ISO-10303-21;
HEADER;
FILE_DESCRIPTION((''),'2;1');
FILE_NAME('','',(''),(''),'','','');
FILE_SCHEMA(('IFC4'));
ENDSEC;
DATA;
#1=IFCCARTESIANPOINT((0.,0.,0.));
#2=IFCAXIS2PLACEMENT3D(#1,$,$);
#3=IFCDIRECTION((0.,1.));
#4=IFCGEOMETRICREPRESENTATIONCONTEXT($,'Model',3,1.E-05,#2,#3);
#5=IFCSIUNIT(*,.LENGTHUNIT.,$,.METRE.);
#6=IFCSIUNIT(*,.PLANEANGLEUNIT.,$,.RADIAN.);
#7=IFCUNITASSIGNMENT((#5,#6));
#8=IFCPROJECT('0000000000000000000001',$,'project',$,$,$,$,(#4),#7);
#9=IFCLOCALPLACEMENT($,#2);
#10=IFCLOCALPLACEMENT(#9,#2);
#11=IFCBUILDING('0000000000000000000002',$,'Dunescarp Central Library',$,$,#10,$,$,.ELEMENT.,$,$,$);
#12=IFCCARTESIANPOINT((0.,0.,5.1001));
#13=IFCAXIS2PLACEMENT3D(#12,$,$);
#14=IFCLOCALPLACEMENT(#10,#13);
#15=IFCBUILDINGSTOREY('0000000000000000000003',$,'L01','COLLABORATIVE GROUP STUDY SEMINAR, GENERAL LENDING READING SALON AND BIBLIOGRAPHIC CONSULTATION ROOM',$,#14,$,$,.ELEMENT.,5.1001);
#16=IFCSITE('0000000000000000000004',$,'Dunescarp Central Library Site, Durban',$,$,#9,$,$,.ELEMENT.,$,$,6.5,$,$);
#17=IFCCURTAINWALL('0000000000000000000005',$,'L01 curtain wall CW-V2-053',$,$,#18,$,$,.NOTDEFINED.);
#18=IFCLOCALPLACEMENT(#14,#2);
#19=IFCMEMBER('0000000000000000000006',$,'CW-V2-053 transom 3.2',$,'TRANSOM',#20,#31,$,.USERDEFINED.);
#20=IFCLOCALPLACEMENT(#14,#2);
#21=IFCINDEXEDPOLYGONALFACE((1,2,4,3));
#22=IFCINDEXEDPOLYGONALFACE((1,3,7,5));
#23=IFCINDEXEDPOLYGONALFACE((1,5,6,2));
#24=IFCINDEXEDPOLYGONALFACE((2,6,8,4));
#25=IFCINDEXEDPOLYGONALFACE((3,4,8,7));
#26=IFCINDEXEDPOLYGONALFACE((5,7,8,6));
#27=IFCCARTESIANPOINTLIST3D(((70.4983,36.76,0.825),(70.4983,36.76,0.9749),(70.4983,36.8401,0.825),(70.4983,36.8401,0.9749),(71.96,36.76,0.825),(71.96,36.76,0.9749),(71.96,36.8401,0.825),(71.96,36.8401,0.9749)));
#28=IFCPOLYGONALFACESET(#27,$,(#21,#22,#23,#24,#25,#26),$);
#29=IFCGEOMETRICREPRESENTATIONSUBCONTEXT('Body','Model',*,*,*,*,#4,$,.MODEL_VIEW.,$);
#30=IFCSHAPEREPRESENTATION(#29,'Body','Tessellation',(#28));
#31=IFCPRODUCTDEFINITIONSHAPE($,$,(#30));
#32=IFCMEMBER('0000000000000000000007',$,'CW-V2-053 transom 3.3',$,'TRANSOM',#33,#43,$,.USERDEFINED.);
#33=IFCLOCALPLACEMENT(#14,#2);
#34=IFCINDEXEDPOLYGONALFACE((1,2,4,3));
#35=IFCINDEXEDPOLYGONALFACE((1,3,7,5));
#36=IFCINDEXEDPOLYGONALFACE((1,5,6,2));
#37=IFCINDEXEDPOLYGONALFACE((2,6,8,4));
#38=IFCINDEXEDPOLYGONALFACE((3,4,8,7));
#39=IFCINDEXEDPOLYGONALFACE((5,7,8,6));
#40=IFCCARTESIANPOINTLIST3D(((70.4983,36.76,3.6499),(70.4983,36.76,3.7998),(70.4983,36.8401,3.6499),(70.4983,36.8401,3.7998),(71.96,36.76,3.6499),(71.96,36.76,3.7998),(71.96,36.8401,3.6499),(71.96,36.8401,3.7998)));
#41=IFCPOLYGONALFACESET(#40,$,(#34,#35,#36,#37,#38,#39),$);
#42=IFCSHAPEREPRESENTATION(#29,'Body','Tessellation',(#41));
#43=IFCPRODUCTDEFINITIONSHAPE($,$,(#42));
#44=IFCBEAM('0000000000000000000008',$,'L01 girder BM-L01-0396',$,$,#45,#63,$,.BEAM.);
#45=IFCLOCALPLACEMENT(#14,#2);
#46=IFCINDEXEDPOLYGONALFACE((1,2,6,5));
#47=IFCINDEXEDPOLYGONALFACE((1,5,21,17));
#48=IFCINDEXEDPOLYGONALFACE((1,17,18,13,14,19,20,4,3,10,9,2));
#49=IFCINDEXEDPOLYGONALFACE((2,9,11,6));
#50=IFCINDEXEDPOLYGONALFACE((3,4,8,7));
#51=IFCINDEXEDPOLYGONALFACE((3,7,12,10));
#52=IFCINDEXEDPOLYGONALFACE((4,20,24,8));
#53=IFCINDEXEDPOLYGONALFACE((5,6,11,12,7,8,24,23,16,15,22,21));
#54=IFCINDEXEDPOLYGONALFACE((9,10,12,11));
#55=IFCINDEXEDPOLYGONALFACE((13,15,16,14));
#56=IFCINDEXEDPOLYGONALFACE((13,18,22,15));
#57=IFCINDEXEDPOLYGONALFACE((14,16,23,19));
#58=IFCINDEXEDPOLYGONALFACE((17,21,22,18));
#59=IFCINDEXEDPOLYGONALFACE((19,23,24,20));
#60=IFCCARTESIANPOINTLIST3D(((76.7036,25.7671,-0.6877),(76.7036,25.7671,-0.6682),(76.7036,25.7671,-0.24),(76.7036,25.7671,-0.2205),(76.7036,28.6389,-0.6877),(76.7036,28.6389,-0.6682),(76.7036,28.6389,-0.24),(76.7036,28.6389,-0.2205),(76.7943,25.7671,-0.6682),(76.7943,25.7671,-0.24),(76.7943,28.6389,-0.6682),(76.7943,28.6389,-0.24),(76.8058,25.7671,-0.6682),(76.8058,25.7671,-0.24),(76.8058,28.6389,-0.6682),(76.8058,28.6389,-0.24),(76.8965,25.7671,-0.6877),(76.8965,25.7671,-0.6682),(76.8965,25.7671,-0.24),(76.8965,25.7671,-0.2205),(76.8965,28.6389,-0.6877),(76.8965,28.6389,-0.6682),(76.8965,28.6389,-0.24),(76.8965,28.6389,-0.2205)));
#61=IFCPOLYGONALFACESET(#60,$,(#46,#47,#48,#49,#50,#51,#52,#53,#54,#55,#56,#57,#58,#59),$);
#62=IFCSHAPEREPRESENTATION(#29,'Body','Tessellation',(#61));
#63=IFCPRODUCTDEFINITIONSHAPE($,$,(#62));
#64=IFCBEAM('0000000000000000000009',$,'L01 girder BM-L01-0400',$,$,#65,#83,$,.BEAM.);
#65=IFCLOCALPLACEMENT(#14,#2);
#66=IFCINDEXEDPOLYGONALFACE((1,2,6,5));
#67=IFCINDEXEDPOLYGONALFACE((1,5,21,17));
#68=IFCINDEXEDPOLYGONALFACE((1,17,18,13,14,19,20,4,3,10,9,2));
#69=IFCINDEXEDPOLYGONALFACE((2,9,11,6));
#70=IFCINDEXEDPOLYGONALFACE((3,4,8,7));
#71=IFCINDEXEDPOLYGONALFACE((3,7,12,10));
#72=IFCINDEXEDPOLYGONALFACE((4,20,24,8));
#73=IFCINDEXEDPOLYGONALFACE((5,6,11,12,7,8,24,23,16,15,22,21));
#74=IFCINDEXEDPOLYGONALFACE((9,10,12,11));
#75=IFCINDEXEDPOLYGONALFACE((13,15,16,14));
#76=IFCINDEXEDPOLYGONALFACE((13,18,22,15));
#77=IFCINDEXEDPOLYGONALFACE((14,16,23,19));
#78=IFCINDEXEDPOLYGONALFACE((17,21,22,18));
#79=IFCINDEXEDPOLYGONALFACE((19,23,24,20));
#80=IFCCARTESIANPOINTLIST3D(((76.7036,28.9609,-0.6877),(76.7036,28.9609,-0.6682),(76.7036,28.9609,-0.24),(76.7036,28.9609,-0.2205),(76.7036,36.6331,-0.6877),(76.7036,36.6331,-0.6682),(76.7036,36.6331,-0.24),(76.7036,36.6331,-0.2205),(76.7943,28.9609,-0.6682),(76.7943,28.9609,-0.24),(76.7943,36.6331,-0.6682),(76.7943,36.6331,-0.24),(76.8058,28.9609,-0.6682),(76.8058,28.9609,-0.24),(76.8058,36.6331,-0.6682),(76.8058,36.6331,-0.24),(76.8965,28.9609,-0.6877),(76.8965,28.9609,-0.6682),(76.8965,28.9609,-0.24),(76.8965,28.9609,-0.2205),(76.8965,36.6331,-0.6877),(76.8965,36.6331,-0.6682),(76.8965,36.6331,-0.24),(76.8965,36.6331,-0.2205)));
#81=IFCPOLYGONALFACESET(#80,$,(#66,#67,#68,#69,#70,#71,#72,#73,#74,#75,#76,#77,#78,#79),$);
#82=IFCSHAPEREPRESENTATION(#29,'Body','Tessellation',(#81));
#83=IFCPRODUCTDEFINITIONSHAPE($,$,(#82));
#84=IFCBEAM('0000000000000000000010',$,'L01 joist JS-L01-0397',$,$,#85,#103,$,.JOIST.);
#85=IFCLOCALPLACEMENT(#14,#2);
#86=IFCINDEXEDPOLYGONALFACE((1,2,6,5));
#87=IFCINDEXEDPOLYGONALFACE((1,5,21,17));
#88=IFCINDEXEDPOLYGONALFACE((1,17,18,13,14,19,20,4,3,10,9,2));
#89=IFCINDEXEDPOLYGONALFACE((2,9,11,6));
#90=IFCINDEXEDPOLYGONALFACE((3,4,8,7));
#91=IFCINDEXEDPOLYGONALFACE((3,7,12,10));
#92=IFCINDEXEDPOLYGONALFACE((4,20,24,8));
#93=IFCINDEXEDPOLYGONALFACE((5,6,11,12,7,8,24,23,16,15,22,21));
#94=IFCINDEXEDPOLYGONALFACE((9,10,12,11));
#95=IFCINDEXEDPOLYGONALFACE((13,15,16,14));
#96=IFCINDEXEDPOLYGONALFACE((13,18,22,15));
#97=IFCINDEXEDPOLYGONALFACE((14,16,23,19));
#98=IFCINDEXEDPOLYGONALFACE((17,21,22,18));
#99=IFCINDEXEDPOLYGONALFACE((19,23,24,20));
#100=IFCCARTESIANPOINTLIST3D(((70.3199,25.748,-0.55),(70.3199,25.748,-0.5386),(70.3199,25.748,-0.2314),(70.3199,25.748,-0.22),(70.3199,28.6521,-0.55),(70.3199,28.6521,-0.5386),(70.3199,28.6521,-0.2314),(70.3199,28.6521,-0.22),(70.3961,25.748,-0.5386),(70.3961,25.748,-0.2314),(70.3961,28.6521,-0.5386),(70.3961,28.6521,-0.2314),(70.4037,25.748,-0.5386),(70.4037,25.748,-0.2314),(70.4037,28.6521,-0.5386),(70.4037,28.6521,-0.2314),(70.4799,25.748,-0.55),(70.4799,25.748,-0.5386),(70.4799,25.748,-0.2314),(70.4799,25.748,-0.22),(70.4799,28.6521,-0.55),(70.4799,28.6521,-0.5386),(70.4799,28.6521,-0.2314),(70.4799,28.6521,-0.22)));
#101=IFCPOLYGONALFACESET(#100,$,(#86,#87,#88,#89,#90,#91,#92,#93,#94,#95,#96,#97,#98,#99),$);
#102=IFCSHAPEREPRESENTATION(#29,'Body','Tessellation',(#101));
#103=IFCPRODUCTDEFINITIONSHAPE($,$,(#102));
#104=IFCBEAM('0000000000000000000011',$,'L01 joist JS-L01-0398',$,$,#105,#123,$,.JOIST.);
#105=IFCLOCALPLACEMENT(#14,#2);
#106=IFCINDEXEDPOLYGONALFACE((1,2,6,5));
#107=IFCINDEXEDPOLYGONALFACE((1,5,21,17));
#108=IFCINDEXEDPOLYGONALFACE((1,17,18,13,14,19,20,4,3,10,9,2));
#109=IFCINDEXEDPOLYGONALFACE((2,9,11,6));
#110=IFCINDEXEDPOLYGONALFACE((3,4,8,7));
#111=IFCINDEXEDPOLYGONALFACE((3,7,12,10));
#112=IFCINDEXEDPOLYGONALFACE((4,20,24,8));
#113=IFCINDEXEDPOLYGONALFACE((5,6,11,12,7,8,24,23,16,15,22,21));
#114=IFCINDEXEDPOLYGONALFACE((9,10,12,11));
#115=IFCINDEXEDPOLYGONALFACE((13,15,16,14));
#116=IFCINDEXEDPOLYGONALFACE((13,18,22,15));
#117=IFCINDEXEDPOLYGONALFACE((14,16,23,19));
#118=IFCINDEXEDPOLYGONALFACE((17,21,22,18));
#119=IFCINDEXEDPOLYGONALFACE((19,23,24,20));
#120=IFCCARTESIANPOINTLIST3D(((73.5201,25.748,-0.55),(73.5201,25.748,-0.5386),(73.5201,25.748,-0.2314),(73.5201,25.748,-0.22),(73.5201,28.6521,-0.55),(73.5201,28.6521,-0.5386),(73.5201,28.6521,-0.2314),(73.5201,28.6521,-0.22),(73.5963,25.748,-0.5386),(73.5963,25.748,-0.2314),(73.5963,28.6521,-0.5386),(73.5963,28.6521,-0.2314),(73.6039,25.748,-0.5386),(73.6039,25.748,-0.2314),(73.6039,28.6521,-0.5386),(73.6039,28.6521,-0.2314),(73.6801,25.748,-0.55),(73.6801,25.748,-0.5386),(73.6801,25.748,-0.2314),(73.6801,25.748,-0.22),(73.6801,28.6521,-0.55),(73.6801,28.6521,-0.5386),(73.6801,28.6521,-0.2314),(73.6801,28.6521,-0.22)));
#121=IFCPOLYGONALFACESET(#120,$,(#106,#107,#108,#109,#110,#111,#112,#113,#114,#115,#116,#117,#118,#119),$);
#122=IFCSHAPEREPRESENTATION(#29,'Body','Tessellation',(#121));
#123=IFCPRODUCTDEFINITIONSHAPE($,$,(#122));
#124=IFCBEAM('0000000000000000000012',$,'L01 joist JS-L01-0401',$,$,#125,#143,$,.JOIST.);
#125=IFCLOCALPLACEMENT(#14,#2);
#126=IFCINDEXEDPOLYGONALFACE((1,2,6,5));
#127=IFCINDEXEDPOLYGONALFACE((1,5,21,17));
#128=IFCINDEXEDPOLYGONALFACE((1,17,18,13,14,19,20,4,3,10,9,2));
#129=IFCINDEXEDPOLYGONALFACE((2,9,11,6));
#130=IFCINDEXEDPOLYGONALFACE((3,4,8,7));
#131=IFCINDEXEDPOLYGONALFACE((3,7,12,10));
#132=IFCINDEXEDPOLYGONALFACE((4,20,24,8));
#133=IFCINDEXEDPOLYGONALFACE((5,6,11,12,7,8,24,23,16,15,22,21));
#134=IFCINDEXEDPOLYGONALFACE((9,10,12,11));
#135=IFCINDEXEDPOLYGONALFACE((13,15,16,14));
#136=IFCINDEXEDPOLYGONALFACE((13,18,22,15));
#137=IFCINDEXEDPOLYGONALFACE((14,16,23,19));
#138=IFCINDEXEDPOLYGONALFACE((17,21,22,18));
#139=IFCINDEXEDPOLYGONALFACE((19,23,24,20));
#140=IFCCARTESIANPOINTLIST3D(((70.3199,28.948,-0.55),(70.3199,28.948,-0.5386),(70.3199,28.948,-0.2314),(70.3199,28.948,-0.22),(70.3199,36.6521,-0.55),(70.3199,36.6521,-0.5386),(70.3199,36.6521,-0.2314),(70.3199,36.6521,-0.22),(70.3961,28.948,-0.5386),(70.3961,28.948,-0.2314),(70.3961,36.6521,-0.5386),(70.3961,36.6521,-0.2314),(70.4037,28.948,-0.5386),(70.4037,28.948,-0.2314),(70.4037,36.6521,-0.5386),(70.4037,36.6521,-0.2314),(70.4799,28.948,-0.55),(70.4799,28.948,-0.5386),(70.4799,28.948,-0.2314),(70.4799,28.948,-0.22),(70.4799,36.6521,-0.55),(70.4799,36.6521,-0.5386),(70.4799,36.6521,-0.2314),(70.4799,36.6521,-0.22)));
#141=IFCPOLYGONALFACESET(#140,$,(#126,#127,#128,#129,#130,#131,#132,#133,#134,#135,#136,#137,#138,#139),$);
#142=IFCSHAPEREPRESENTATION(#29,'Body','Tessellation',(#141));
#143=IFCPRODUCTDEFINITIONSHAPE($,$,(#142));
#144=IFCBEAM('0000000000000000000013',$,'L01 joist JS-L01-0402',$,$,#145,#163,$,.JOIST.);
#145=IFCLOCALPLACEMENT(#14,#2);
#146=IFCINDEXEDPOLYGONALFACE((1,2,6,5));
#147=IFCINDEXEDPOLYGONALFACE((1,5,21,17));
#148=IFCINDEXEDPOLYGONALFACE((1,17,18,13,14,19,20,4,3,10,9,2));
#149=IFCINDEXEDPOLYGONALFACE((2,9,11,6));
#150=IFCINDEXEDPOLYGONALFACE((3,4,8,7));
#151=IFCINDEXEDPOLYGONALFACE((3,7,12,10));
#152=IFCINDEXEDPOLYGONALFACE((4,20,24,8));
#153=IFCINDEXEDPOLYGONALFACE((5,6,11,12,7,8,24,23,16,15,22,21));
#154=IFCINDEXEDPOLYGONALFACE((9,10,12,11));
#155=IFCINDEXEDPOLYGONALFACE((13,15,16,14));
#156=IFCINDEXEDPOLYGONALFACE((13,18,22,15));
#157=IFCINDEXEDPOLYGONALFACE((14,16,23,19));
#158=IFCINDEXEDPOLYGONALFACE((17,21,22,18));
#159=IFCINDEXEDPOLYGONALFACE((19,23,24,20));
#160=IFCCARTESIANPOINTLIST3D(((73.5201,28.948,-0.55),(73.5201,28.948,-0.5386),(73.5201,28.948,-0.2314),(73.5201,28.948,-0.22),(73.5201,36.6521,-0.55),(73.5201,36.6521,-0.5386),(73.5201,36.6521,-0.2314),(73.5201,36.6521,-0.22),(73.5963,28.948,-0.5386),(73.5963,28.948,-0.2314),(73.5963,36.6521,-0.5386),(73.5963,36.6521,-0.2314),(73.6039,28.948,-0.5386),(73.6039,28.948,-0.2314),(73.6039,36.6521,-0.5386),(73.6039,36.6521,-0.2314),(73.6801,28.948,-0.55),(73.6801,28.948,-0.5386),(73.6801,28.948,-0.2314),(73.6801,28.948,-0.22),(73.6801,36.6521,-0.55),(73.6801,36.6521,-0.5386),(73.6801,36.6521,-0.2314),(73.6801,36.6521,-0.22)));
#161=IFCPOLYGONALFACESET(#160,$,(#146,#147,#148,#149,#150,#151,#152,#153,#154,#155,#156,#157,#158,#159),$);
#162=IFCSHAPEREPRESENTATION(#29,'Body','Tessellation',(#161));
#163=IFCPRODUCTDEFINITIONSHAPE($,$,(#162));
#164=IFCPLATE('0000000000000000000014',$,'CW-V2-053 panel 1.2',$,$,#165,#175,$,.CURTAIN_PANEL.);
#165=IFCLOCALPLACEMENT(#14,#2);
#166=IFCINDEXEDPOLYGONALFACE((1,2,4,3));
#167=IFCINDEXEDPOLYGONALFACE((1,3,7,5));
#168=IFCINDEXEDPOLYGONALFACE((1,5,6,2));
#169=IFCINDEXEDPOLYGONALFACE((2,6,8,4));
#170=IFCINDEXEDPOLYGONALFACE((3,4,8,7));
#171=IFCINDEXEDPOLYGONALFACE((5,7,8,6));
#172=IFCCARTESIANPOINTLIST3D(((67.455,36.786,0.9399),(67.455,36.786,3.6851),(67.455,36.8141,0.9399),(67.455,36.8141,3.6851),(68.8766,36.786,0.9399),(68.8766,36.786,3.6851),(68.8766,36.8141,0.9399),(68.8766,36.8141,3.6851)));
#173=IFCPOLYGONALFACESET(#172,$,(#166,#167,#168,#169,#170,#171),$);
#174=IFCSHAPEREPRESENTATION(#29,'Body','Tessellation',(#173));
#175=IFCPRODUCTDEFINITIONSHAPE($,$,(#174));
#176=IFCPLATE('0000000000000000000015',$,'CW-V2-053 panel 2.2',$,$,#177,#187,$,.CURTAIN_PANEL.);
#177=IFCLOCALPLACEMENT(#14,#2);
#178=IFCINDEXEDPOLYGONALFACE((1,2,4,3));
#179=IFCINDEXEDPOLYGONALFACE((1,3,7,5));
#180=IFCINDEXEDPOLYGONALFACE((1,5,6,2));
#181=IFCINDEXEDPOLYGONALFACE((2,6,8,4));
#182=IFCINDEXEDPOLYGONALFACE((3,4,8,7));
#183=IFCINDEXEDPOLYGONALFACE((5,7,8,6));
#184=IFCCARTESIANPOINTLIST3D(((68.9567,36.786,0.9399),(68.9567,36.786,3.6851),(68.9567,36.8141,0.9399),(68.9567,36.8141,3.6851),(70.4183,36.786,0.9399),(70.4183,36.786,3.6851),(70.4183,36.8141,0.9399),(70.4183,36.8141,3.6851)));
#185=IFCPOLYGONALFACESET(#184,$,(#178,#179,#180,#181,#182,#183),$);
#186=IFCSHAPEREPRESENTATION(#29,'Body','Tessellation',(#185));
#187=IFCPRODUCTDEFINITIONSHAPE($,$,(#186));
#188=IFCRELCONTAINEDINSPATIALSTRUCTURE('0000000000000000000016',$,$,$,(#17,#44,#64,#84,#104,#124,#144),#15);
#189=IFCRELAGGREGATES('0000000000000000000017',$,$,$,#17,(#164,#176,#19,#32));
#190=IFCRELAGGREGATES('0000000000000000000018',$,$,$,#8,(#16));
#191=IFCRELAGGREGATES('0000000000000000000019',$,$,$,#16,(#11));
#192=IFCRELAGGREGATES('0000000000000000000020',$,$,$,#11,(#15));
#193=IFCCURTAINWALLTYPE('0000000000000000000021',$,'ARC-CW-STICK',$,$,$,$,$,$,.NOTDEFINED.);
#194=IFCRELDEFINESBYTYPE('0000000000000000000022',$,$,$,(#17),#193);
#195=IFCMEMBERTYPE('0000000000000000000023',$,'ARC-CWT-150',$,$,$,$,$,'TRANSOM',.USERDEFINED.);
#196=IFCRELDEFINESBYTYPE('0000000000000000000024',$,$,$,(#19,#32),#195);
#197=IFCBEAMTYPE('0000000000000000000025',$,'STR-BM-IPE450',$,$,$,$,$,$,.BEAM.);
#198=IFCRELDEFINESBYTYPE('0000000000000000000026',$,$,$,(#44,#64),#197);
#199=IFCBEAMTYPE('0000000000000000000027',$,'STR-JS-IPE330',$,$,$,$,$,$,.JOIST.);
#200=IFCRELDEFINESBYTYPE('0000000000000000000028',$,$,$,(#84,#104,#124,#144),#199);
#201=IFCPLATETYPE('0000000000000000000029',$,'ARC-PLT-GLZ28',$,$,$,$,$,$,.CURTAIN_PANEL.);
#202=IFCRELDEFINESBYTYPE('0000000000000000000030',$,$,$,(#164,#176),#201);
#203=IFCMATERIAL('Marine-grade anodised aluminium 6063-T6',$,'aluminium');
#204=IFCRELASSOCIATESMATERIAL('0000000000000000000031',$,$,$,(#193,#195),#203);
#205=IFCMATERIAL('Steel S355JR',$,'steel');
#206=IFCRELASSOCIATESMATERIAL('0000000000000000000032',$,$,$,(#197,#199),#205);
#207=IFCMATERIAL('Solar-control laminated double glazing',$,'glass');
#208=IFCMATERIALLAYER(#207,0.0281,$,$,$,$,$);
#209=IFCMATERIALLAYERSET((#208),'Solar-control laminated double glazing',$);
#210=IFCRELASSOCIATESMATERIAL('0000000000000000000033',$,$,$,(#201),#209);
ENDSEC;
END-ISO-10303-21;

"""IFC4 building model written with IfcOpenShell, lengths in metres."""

from ifc_helpers import new_model, si_unit, direction, frame, origin, origin_2d, place, context, subcontext, project, spatial, rectangle, i_section, extrude, material, layer, layer_set, material_profile, profile_set, type_object, element, aggregate, save


model = new_model("IFC4")

# Units and contexts
model_context = context("Model", 3, precision=1e-05, world=origin(), true_north=direction((0.0, 1.0)))
body_context = subcontext(model_context, "Body", "Model", "MODEL_VIEW")
ifc_project = project(units=[si_unit("LENGTHUNIT", "METRE"), si_unit("PLANEANGLEUNIT", "RADIAN")], contexts=[model_context])

# Site, building, storey
site_placement = place(None, origin())
site = spatial("IfcSite", under=ifc_project, at=site_placement, Name="Dunescarp Central Library Site, Durban", CompositionType="ELEMENT", RefElevation=6.5)
building_placement = place(site_placement, origin())
building = spatial("IfcBuilding", under=site, at=building_placement, Name="Dunescarp Central Library", CompositionType="ELEMENT")
storey_placement = place(building_placement, frame((0.0, 0.0, 5.1001)))
storey = spatial("IfcBuildingStorey", under=building, at=storey_placement, Name="L01", Description="COLLABORATIVE GROUP STUDY SEMINAR, GENERAL LENDING READING SALON AND BIBLIOGRAPHIC CONSULTATION ROOM", CompositionType="ELEMENT", Elevation=5.1001)

# Shared definitions
ifc_material_1 = material(Name="Steel S355JR", Category="steel")

# Curtain wall, members
ifc_material_2 = material(Name="Marine-grade anodised aluminium 6063-T6", Category="aluminium")
curtain_wall_type = type_object("IfcCurtainWallType", Name="ARC-CW-STICK", PredefinedType="NOTDEFINED", material=ifc_material_2)
curtain_wall_placement = place(storey_placement, origin())
curtain_wall = element("IfcCurtainWall", 1, at=curtain_wall_placement, inside=storey, type_object=curtain_wall_type, Name="L01 curtain wall CW-V2-053", PredefinedType="NOTDEFINED")
ifc_material_profile_1 = material_profile(ifc_material_2, rectangle(XDim=0.0801, YDim=0.1499, at=origin_2d()), Name="AL 80x150")
ifc_profile_set_1 = profile_set([ifc_material_profile_1], Name="Marine-grade anodised aluminium 6063-T6")
member_type_1 = type_object("IfcMemberType", Name="ARC-CWT-150", ElementType="TRANSOM", PredefinedType="USERDEFINED", material=ifc_profile_set_1)
member_1_placement = place(storey_placement, frame((70.4983, 36.8, 0.8999), z_axis=(1.0, 0.0, 0.0), x_axis=(0.0, 1.0, 0.0)))
member_1 = element("IfcMember", 2, at=member_1_placement, type_object=member_type_1, Name="CW-V2-053 transom 3.2", ObjectType="TRANSOM", PredefinedType="USERDEFINED", context=body_context, shape_type="SweptSolid", body=[
    extrude(rectangle(XDim=0.0801, YDim=0.1499, at=origin_2d()), origin(), (0.0, 0.0, 1.0), 1.4617),
])
member_2_placement = place(storey_placement, frame((70.4983, 36.8, 3.7249), z_axis=(1.0, 0.0, 0.0), x_axis=(0.0, 1.0, 0.0)))
member_2 = element("IfcMember", 3, at=member_2_placement, type_object=member_type_1, Name="CW-V2-053 transom 3.3", ObjectType="TRANSOM", PredefinedType="USERDEFINED", context=body_context, shape_type="SweptSolid", body=[
    extrude(rectangle(XDim=0.0801, YDim=0.1499, at=origin_2d()), origin(), (0.0, 0.0, 1.0), 1.4617),
])

# Beams
ifc_material_profile_2 = material_profile(ifc_material_1, i_section(OverallWidth=0.1929, OverallDepth=0.4673, WebThickness=0.0115, FlangeThickness=0.0195, at=origin_2d()), Name="UB 457x191x98")
ifc_profile_set_2 = profile_set([ifc_material_profile_2], Name="Steel S355JR")
beam_type_1 = type_object("IfcBeamType", Name="STR-BM-IPE450", PredefinedType="BEAM", material=ifc_profile_set_2)
beam_1_placement = place(storey_placement, frame((76.8, 25.7671, -0.4541), z_axis=(0.0, 1.0, 0.0), x_axis=(-1.0, 0.0, 0.0)))
element("IfcBeam", 4, at=beam_1_placement, inside=storey, type_object=beam_type_1, Name="L01 girder BM-L01-0396", PredefinedType="BEAM", context=body_context, shape_type="SweptSolid", body=[
    extrude(i_section(OverallWidth=0.1929, OverallDepth=0.4673, WebThickness=0.0115, FlangeThickness=0.0195, at=origin_2d()), origin(), (0.0, 0.0, 1.0), 2.8718),
])
beam_2_placement = place(storey_placement, frame((76.8, 28.9609, -0.4541), z_axis=(0.0, 1.0, 0.0), x_axis=(-1.0, 0.0, 0.0)))
element("IfcBeam", 5, at=beam_2_placement, inside=storey, type_object=beam_type_1, Name="L01 girder BM-L01-0400", PredefinedType="BEAM", context=body_context, shape_type="SweptSolid", body=[
    extrude(i_section(OverallWidth=0.1929, OverallDepth=0.4673, WebThickness=0.0115, FlangeThickness=0.0195, at=origin_2d()), origin(), (0.0, 0.0, 1.0), 7.6721),
])
ifc_material_profile_3 = material_profile(ifc_material_1, i_section(OverallWidth=0.1599, OverallDepth=0.3301, WebThickness=0.0076, FlangeThickness=0.0115, at=origin_2d()), Name="IPE 330")
ifc_profile_set_3 = profile_set([ifc_material_profile_3], Name="Steel S355JR")
beam_type_2 = type_object("IfcBeamType", Name="STR-JS-IPE330", PredefinedType="JOIST", material=ifc_profile_set_3)
for number, where, z_axis, x_axis, name in (
    (6, (70.3999, 25.748, -0.385), (0.0, 1.0, 0.0), (-1.0, 0.0, 0.0), "L01 joist JS-L01-0397"),
    (7, (73.6001, 25.748, -0.385), (0.0, 1.0, 0.0), (-1.0, 0.0, 0.0), "L01 joist JS-L01-0398"),
):
    element("IfcBeam", number, at=place(storey_placement, frame(where, z_axis=z_axis, x_axis=x_axis)), inside=storey, type_object=beam_type_2, Name=name, PredefinedType="JOIST", context=body_context, shape_type="SweptSolid", body=[
        extrude(i_section(OverallWidth=0.1599, OverallDepth=0.3301, WebThickness=0.0076, FlangeThickness=0.0115, at=origin_2d()), origin(), (0.0, 0.0, 1.0), 2.9041),
    ])
for number, where, z_axis, x_axis, name in (
    (8, (70.3999, 28.948, -0.385), (0.0, 1.0, 0.0), (-1.0, 0.0, 0.0), "L01 joist JS-L01-0401"),
    (9, (73.6001, 28.948, -0.385), (0.0, 1.0, 0.0), (-1.0, 0.0, 0.0), "L01 joist JS-L01-0402"),
):
    element("IfcBeam", number, at=place(storey_placement, frame(where, z_axis=z_axis, x_axis=x_axis)), inside=storey, type_object=beam_type_2, Name=name, PredefinedType="JOIST", context=body_context, shape_type="SweptSolid", body=[
        extrude(i_section(OverallWidth=0.1599, OverallDepth=0.3301, WebThickness=0.0076, FlangeThickness=0.0115, at=origin_2d()), origin(), (0.0, 0.0, 1.0), 7.7041),
    ])

# Plates
ifc_material_3 = material(Name="Solar-control laminated double glazing", Category="glass")
ifc_layer_1 = layer(ifc_material_3, 0.0281)
ifc_layer_set_1 = layer_set([ifc_layer_1], Name="Solar-control laminated double glazing")
plate_type_1 = type_object("IfcPlateType", Name="ARC-PLT-GLZ28", PredefinedType="CURTAIN_PANEL", material=ifc_layer_set_1)
plate_1_placement = place(storey_placement, frame((68.1658, 36.8, 0.9399), z_axis=(0.0, 0.0, 1.0), x_axis=(1.0, 0.0, 0.0)))
plate_1 = element("IfcPlate", 10, at=plate_1_placement, type_object=plate_type_1, Name="CW-V2-053 panel 1.2", PredefinedType="CURTAIN_PANEL", context=body_context, shape_type="SweptSolid", body=[
    extrude(rectangle(XDim=1.4216, YDim=0.0281, at=origin_2d()), origin(), (0.0, 0.0, 1.0), 2.7451),
])
plate_2_placement = place(storey_placement, frame((69.6875, 36.8, 0.9399), z_axis=(0.0, 0.0, 1.0), x_axis=(1.0, 0.0, 0.0)))
plate_2 = element("IfcPlate", 11, at=plate_2_placement, type_object=plate_type_1, Name="CW-V2-053 panel 2.2", PredefinedType="CURTAIN_PANEL", context=body_context, shape_type="SweptSolid", body=[
    extrude(rectangle(XDim=1.4617, YDim=0.0281, at=origin_2d()), origin(), (0.0, 0.0, 1.0), 2.7451),
])
aggregate(curtain_wall, [plate_1, plate_2, member_1, member_2])

save(model, "model.ifc")
